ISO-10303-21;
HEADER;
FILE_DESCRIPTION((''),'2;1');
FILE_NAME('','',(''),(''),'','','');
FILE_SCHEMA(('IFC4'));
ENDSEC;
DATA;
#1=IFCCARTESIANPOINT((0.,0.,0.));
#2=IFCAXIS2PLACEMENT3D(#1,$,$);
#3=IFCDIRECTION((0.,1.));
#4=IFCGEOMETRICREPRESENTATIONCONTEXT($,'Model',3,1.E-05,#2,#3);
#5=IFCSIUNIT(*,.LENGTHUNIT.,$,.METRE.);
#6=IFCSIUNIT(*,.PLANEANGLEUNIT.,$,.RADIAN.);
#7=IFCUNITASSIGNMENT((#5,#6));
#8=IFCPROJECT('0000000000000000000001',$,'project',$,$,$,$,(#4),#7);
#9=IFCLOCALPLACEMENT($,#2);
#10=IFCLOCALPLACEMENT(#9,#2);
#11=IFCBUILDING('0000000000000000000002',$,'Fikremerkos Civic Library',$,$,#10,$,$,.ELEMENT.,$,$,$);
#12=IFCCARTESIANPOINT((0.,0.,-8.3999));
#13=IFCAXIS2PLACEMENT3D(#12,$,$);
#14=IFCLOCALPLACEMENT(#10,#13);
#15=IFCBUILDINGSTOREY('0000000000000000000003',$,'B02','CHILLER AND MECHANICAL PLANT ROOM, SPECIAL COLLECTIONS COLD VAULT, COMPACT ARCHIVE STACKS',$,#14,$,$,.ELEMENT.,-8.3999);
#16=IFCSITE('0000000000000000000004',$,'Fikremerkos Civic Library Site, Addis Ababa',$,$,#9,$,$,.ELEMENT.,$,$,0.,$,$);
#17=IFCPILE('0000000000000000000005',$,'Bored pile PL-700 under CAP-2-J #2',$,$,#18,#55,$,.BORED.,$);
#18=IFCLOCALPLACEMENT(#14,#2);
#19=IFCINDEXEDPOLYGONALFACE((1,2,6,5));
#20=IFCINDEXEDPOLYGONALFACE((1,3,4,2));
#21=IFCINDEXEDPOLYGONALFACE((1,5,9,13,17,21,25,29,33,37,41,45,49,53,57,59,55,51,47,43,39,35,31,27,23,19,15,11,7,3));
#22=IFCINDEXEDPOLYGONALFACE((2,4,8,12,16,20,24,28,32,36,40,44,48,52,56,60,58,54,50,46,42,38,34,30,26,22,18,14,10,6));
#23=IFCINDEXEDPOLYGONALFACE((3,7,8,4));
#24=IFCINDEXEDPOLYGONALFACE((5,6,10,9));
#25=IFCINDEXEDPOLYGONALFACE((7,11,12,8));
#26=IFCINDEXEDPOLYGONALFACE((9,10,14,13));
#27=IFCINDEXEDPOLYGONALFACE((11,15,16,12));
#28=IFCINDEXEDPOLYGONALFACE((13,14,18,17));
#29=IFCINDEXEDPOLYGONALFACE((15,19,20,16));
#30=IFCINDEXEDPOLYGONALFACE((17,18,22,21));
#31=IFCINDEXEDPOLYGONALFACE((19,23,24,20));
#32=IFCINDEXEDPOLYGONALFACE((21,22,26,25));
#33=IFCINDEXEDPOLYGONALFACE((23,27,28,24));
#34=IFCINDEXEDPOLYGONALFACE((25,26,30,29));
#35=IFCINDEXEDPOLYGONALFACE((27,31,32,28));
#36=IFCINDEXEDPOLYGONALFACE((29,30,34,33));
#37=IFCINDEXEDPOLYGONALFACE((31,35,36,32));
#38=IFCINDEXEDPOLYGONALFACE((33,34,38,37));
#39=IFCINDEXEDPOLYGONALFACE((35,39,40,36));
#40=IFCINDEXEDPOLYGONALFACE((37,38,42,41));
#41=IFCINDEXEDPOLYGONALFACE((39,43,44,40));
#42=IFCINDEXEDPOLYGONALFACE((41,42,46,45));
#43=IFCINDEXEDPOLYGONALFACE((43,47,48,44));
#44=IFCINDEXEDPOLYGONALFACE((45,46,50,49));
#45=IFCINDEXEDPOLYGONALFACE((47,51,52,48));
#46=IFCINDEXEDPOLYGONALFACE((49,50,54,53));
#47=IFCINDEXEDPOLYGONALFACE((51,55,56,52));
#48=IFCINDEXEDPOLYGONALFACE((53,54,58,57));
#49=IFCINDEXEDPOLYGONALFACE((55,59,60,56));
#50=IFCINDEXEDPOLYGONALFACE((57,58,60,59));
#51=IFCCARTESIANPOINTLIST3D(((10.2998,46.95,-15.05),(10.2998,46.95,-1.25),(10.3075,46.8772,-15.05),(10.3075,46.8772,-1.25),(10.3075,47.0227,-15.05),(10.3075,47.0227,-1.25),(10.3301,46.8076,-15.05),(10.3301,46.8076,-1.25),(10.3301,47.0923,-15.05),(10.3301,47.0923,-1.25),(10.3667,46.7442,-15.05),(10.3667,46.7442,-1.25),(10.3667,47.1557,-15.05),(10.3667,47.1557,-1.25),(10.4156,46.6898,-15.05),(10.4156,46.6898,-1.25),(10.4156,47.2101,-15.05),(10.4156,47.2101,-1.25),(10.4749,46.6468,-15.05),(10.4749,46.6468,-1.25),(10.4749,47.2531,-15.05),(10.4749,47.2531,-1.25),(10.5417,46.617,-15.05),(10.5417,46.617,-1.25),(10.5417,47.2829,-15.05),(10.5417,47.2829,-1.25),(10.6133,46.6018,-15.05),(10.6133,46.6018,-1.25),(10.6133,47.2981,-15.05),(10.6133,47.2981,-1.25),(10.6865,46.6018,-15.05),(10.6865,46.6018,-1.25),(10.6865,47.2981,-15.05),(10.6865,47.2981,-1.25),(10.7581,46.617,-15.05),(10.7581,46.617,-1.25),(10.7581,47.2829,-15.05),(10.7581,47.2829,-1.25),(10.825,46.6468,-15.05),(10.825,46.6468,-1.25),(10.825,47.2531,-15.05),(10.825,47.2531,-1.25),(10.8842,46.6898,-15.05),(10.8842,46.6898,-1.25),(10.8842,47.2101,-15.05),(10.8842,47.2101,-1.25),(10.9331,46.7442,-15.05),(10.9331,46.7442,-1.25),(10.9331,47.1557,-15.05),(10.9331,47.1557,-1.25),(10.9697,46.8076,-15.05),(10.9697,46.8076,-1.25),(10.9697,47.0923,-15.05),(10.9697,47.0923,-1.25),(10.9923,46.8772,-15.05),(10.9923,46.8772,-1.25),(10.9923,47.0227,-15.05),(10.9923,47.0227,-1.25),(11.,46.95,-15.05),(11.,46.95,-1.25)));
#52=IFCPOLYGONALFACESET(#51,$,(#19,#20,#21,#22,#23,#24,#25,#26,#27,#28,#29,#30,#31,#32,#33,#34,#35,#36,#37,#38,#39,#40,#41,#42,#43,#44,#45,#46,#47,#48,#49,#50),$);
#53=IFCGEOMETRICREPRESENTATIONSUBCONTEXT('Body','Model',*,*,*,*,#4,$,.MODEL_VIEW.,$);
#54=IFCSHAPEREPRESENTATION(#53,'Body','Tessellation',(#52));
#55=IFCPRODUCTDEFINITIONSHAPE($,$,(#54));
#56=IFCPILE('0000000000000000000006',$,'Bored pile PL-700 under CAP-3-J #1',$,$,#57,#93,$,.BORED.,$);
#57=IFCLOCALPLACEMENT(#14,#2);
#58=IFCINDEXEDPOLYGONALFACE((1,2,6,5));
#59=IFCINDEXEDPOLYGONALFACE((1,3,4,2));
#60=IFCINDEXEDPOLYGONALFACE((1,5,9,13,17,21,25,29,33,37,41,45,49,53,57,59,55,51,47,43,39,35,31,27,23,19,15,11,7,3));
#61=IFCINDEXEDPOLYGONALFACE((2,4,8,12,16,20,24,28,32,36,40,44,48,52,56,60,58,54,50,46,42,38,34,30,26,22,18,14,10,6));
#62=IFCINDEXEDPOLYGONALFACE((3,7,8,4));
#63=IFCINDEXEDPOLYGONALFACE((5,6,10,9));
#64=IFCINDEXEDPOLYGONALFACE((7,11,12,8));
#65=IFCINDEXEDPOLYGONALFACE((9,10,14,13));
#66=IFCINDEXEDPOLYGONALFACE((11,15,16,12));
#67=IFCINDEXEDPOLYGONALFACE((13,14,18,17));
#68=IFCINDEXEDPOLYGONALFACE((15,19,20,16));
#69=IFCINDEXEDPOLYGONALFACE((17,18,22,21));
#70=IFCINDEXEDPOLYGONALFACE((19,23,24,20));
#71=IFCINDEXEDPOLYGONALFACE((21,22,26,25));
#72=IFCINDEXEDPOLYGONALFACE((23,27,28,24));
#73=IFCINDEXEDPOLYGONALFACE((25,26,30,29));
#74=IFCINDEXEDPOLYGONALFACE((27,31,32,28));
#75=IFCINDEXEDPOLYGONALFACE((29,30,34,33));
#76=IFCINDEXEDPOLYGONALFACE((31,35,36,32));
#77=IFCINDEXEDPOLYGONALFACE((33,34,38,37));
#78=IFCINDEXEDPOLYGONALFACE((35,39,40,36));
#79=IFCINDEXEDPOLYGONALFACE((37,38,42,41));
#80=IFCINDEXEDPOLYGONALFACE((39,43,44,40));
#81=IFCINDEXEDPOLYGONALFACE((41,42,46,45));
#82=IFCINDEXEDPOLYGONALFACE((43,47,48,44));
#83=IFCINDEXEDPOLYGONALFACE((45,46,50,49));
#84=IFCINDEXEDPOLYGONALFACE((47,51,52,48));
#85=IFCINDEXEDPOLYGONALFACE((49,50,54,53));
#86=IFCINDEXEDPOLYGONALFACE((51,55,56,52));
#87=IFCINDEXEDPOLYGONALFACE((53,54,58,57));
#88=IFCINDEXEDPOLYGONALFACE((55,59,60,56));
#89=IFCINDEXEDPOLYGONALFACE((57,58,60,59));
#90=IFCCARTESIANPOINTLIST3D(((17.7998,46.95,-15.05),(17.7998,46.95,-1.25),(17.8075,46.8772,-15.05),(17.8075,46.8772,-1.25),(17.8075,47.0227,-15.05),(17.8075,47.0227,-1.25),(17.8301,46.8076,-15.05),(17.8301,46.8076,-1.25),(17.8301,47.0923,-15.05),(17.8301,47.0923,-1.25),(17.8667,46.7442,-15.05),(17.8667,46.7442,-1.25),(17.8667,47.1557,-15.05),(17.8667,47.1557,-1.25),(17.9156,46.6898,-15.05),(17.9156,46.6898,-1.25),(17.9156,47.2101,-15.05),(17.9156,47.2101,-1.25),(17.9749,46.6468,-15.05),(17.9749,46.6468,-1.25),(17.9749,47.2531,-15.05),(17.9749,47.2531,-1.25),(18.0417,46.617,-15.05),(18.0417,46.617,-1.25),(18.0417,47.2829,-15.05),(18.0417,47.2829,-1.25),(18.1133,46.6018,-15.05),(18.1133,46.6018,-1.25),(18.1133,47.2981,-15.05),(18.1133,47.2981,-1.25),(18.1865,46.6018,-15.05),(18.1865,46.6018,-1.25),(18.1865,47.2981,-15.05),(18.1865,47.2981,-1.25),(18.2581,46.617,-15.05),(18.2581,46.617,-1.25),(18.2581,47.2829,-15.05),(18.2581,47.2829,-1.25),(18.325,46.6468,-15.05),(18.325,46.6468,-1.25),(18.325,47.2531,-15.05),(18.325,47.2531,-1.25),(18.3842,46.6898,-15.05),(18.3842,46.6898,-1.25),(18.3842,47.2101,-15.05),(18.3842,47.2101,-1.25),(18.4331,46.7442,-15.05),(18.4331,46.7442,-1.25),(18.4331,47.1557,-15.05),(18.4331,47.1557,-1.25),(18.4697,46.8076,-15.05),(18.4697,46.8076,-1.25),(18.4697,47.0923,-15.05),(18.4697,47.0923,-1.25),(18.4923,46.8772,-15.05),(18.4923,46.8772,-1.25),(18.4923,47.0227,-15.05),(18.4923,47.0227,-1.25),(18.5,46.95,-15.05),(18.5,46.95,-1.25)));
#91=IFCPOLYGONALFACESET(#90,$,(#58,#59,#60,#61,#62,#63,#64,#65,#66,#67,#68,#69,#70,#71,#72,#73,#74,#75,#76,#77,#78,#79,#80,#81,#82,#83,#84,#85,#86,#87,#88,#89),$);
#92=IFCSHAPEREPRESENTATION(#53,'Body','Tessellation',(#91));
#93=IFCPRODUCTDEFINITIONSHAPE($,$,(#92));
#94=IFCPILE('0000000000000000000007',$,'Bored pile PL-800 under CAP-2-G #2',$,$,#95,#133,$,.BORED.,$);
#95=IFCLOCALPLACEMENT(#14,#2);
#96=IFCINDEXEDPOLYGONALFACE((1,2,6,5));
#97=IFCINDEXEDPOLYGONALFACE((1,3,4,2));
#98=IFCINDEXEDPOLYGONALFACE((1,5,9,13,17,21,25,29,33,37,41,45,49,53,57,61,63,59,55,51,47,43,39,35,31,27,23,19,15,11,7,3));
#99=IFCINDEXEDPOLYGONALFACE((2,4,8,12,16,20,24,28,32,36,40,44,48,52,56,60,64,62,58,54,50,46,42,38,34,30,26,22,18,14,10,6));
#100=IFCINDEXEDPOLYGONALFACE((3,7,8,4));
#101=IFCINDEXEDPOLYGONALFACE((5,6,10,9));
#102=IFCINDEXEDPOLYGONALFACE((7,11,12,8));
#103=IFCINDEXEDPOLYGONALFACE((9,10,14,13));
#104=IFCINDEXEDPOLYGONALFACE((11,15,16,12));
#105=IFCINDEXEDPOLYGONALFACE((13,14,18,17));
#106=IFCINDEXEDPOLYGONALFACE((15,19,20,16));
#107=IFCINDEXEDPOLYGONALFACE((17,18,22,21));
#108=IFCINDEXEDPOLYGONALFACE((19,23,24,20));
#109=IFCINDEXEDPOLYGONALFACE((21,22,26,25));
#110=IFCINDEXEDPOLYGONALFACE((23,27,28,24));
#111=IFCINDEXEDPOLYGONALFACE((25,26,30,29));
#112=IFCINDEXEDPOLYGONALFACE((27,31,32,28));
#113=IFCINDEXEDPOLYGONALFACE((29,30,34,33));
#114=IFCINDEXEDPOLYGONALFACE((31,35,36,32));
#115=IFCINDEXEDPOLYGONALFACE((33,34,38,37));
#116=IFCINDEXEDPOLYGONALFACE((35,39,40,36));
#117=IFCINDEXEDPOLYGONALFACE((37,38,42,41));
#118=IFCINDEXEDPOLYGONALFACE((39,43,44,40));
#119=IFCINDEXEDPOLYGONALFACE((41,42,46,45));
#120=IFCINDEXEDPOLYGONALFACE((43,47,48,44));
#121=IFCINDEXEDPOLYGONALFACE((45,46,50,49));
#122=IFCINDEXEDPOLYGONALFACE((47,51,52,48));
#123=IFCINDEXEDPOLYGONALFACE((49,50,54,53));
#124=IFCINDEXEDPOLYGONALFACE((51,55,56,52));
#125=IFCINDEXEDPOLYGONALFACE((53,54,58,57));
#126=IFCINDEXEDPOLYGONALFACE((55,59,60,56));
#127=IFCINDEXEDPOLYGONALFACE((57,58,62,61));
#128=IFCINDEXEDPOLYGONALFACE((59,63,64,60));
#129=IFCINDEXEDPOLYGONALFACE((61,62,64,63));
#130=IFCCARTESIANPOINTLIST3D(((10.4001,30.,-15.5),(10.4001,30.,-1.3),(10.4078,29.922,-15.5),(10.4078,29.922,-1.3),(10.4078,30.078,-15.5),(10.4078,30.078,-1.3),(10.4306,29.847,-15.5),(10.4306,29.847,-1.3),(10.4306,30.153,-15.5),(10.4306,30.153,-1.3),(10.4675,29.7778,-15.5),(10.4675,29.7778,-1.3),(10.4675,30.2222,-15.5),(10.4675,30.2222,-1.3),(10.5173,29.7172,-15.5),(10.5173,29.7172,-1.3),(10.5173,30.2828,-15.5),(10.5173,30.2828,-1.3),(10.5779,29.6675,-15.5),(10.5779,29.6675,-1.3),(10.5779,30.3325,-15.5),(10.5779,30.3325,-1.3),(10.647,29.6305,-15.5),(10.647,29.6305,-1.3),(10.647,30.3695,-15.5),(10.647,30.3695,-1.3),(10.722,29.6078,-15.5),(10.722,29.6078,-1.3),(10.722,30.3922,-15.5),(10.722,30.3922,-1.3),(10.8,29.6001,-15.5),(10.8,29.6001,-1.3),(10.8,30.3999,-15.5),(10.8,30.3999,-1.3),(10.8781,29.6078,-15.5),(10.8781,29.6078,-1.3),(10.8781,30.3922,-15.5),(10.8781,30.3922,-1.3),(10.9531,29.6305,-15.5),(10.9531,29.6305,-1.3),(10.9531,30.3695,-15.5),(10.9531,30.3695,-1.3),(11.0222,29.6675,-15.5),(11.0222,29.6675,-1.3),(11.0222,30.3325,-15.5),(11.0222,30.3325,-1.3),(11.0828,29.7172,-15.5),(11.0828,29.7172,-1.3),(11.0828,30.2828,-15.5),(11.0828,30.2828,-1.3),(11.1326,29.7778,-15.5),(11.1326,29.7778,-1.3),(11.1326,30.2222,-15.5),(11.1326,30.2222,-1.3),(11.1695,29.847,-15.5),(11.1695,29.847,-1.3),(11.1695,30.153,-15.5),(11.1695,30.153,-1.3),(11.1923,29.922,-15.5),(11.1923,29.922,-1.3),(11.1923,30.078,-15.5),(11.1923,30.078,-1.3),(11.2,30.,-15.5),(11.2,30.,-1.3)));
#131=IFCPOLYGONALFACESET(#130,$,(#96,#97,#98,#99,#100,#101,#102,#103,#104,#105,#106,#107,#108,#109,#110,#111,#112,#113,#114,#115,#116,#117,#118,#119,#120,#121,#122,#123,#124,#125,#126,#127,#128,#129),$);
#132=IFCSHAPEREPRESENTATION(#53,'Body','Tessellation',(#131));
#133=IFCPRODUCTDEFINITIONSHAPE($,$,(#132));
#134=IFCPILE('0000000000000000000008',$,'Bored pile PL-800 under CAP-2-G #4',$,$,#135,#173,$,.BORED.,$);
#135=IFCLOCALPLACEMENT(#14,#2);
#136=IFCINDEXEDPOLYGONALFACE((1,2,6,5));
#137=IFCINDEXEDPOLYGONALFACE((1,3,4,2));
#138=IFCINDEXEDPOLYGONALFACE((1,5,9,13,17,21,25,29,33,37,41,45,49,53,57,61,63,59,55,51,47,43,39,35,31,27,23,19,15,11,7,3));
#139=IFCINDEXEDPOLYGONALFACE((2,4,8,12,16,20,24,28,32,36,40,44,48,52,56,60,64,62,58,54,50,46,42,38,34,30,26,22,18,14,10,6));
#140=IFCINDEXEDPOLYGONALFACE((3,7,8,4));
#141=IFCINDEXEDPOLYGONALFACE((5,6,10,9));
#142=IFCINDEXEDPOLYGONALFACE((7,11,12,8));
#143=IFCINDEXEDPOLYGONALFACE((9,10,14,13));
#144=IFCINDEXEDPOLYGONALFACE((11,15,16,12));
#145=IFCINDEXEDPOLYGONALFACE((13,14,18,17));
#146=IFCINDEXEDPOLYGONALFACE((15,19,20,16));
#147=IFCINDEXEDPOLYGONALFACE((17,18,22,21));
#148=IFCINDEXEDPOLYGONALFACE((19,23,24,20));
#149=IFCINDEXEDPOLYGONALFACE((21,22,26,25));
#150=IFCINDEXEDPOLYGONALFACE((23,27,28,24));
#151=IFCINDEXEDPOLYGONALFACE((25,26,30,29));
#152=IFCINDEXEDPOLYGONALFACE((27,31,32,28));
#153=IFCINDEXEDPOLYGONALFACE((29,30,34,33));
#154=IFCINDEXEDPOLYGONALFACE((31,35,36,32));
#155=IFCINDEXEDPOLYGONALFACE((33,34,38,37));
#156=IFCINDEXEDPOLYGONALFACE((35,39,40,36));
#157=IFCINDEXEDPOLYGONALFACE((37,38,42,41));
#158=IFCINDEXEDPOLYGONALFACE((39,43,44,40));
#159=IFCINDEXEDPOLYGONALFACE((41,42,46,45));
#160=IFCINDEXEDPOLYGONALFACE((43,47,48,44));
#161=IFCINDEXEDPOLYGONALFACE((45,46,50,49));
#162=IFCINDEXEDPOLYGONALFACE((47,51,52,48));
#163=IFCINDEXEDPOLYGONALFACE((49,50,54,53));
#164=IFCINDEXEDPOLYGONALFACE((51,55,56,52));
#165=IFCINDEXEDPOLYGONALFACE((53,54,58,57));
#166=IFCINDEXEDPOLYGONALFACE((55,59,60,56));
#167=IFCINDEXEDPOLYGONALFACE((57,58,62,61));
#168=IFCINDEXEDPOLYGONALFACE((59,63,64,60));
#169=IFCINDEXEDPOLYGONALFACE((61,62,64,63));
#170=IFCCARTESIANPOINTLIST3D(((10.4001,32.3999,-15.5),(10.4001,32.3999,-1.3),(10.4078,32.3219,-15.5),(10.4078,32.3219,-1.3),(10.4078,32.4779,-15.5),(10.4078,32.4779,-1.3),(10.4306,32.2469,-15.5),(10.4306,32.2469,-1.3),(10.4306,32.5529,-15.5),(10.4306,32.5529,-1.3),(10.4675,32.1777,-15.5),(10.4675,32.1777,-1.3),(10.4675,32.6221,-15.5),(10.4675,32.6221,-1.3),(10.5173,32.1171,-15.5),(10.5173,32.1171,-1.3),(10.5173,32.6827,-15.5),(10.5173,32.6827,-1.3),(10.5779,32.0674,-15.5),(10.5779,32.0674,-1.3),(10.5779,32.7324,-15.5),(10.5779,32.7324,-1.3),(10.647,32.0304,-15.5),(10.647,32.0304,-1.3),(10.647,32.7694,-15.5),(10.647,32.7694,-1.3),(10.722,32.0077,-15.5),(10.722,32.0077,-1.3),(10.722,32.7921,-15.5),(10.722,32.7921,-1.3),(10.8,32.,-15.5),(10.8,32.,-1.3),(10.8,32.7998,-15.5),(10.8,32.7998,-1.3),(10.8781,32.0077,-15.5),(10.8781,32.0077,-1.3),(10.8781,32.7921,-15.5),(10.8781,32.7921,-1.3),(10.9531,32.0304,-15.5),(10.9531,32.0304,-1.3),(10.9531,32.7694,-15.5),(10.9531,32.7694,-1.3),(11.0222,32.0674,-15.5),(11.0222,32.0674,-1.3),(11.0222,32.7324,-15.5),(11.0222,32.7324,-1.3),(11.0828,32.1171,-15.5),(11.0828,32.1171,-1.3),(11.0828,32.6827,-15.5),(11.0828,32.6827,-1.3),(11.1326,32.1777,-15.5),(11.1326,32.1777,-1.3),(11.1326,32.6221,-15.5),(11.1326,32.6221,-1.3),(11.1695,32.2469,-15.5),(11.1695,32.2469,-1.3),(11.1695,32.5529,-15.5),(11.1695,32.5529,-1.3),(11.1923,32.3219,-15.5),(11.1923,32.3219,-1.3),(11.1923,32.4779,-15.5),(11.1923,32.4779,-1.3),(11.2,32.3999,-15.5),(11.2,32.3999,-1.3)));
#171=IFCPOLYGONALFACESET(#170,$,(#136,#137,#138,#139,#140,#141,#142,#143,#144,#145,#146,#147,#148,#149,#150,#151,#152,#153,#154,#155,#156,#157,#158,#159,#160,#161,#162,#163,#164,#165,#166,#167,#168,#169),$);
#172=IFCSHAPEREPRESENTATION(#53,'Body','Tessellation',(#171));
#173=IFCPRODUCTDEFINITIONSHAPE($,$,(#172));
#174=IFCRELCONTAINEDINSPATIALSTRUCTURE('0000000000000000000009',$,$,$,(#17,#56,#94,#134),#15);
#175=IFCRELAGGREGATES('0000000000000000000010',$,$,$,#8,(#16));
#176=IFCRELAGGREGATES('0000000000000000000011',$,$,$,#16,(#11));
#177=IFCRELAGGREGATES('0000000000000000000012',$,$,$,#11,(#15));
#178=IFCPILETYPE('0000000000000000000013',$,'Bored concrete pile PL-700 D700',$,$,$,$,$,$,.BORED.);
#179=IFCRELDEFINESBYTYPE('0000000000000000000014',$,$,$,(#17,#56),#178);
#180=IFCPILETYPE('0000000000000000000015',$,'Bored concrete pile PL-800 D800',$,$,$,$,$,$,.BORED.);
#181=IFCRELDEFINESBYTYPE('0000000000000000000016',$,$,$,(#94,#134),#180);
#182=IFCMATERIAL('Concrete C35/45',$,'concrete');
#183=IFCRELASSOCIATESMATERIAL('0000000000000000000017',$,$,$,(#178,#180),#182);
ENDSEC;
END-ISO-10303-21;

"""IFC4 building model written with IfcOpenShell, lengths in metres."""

from ifc_helpers import new_model, si_unit, direction, frame, origin, origin_2d, place, context, subcontext, project, spatial, circle, extrude, material, material_profile, profile_set, type_object, element, save


model = new_model("IFC4")

# Units and contexts
model_context = context("Model", 3, precision=1e-05, world=origin(), true_north=direction((0.0, 1.0)))
body_context = subcontext(model_context, "Body", "Model", "MODEL_VIEW")
ifc_project = project(units=[si_unit("LENGTHUNIT", "METRE"), si_unit("PLANEANGLEUNIT", "RADIAN")], contexts=[model_context])

# Site, building, storey
site_placement = place(None, origin())
site = spatial("IfcSite", under=ifc_project, at=site_placement, Name="Fikremerkos Civic Library Site, Addis Ababa", CompositionType="ELEMENT", RefElevation=0.0)
building_placement = place(site_placement, origin())
building = spatial("IfcBuilding", under=site, at=building_placement, Name="Fikremerkos Civic Library", CompositionType="ELEMENT")
storey_placement = place(building_placement, frame((0.0, 0.0, -8.3999)))
storey = spatial("IfcBuildingStorey", under=building, at=storey_placement, Name="B02", Description="CHILLER AND MECHANICAL PLANT ROOM, SPECIAL COLLECTIONS COLD VAULT, COMPACT ARCHIVE STACKS", CompositionType="ELEMENT", Elevation=-8.3999)

# Piles
ifc_material_1 = material(Name="Concrete C35/45", Category="concrete")
ifc_material_profile_1 = material_profile(ifc_material_1, circle(Radius=0.3501, at=origin_2d()), Name="BORED PILE 700")
ifc_profile_set_1 = profile_set([ifc_material_profile_1], Name="Concrete C35/45")
pile_type_1 = type_object("IfcPileType", Name="Bored concrete pile PL-700 D700", PredefinedType="BORED", material=ifc_profile_set_1)
for number, where, z_axis, x_axis, name in (
    (1, (10.6499, 46.95, -1.25), (0.0, 0.0, -1.0), (1.0, 0.0, 0.0), "Bored pile PL-700 under CAP-2-J #2"),
    (2, (18.1499, 46.95, -1.25), (0.0, 0.0, -1.0), (1.0, 0.0, 0.0), "Bored pile PL-700 under CAP-3-J #1"),
):
    element("IfcPile", number, at=place(storey_placement, frame(where, z_axis=z_axis, x_axis=x_axis)), inside=storey, type_object=pile_type_1, Name=name, PredefinedType="BORED", context=body_context, shape_type="SweptSolid", body=[
        extrude(circle(Radius=0.3501, at=origin_2d()), origin(), (0.0, 0.0, 1.0), 13.8),
    ])
ifc_material_profile_2 = material_profile(ifc_material_1, circle(Radius=0.3999, at=origin_2d()), Name="BORED PILE 800")
ifc_profile_set_2 = profile_set([ifc_material_profile_2], Name="Concrete C35/45")
pile_type_2 = type_object("IfcPileType", Name="Bored concrete pile PL-800 D800", PredefinedType="BORED", material=ifc_profile_set_2)
for number, where, z_axis, x_axis, name in (
    (3, (10.8, 30.0, -1.3), (0.0, 0.0, -1.0), (1.0, 0.0, 0.0), "Bored pile PL-800 under CAP-2-G #2"),
    (4, (10.8, 32.3999, -1.3), (0.0, 0.0, -1.0), (1.0, 0.0, 0.0), "Bored pile PL-800 under CAP-2-G #4"),
):
    element("IfcPile", number, at=place(storey_placement, frame(where, z_axis=z_axis, x_axis=x_axis)), inside=storey, type_object=pile_type_2, Name=name, PredefinedType="BORED", context=body_context, shape_type="SweptSolid", body=[
        extrude(circle(Radius=0.3999, at=origin_2d()), origin(), (0.0, 0.0, 1.0), 14.2),
    ])

save(model, "model.ifc")
